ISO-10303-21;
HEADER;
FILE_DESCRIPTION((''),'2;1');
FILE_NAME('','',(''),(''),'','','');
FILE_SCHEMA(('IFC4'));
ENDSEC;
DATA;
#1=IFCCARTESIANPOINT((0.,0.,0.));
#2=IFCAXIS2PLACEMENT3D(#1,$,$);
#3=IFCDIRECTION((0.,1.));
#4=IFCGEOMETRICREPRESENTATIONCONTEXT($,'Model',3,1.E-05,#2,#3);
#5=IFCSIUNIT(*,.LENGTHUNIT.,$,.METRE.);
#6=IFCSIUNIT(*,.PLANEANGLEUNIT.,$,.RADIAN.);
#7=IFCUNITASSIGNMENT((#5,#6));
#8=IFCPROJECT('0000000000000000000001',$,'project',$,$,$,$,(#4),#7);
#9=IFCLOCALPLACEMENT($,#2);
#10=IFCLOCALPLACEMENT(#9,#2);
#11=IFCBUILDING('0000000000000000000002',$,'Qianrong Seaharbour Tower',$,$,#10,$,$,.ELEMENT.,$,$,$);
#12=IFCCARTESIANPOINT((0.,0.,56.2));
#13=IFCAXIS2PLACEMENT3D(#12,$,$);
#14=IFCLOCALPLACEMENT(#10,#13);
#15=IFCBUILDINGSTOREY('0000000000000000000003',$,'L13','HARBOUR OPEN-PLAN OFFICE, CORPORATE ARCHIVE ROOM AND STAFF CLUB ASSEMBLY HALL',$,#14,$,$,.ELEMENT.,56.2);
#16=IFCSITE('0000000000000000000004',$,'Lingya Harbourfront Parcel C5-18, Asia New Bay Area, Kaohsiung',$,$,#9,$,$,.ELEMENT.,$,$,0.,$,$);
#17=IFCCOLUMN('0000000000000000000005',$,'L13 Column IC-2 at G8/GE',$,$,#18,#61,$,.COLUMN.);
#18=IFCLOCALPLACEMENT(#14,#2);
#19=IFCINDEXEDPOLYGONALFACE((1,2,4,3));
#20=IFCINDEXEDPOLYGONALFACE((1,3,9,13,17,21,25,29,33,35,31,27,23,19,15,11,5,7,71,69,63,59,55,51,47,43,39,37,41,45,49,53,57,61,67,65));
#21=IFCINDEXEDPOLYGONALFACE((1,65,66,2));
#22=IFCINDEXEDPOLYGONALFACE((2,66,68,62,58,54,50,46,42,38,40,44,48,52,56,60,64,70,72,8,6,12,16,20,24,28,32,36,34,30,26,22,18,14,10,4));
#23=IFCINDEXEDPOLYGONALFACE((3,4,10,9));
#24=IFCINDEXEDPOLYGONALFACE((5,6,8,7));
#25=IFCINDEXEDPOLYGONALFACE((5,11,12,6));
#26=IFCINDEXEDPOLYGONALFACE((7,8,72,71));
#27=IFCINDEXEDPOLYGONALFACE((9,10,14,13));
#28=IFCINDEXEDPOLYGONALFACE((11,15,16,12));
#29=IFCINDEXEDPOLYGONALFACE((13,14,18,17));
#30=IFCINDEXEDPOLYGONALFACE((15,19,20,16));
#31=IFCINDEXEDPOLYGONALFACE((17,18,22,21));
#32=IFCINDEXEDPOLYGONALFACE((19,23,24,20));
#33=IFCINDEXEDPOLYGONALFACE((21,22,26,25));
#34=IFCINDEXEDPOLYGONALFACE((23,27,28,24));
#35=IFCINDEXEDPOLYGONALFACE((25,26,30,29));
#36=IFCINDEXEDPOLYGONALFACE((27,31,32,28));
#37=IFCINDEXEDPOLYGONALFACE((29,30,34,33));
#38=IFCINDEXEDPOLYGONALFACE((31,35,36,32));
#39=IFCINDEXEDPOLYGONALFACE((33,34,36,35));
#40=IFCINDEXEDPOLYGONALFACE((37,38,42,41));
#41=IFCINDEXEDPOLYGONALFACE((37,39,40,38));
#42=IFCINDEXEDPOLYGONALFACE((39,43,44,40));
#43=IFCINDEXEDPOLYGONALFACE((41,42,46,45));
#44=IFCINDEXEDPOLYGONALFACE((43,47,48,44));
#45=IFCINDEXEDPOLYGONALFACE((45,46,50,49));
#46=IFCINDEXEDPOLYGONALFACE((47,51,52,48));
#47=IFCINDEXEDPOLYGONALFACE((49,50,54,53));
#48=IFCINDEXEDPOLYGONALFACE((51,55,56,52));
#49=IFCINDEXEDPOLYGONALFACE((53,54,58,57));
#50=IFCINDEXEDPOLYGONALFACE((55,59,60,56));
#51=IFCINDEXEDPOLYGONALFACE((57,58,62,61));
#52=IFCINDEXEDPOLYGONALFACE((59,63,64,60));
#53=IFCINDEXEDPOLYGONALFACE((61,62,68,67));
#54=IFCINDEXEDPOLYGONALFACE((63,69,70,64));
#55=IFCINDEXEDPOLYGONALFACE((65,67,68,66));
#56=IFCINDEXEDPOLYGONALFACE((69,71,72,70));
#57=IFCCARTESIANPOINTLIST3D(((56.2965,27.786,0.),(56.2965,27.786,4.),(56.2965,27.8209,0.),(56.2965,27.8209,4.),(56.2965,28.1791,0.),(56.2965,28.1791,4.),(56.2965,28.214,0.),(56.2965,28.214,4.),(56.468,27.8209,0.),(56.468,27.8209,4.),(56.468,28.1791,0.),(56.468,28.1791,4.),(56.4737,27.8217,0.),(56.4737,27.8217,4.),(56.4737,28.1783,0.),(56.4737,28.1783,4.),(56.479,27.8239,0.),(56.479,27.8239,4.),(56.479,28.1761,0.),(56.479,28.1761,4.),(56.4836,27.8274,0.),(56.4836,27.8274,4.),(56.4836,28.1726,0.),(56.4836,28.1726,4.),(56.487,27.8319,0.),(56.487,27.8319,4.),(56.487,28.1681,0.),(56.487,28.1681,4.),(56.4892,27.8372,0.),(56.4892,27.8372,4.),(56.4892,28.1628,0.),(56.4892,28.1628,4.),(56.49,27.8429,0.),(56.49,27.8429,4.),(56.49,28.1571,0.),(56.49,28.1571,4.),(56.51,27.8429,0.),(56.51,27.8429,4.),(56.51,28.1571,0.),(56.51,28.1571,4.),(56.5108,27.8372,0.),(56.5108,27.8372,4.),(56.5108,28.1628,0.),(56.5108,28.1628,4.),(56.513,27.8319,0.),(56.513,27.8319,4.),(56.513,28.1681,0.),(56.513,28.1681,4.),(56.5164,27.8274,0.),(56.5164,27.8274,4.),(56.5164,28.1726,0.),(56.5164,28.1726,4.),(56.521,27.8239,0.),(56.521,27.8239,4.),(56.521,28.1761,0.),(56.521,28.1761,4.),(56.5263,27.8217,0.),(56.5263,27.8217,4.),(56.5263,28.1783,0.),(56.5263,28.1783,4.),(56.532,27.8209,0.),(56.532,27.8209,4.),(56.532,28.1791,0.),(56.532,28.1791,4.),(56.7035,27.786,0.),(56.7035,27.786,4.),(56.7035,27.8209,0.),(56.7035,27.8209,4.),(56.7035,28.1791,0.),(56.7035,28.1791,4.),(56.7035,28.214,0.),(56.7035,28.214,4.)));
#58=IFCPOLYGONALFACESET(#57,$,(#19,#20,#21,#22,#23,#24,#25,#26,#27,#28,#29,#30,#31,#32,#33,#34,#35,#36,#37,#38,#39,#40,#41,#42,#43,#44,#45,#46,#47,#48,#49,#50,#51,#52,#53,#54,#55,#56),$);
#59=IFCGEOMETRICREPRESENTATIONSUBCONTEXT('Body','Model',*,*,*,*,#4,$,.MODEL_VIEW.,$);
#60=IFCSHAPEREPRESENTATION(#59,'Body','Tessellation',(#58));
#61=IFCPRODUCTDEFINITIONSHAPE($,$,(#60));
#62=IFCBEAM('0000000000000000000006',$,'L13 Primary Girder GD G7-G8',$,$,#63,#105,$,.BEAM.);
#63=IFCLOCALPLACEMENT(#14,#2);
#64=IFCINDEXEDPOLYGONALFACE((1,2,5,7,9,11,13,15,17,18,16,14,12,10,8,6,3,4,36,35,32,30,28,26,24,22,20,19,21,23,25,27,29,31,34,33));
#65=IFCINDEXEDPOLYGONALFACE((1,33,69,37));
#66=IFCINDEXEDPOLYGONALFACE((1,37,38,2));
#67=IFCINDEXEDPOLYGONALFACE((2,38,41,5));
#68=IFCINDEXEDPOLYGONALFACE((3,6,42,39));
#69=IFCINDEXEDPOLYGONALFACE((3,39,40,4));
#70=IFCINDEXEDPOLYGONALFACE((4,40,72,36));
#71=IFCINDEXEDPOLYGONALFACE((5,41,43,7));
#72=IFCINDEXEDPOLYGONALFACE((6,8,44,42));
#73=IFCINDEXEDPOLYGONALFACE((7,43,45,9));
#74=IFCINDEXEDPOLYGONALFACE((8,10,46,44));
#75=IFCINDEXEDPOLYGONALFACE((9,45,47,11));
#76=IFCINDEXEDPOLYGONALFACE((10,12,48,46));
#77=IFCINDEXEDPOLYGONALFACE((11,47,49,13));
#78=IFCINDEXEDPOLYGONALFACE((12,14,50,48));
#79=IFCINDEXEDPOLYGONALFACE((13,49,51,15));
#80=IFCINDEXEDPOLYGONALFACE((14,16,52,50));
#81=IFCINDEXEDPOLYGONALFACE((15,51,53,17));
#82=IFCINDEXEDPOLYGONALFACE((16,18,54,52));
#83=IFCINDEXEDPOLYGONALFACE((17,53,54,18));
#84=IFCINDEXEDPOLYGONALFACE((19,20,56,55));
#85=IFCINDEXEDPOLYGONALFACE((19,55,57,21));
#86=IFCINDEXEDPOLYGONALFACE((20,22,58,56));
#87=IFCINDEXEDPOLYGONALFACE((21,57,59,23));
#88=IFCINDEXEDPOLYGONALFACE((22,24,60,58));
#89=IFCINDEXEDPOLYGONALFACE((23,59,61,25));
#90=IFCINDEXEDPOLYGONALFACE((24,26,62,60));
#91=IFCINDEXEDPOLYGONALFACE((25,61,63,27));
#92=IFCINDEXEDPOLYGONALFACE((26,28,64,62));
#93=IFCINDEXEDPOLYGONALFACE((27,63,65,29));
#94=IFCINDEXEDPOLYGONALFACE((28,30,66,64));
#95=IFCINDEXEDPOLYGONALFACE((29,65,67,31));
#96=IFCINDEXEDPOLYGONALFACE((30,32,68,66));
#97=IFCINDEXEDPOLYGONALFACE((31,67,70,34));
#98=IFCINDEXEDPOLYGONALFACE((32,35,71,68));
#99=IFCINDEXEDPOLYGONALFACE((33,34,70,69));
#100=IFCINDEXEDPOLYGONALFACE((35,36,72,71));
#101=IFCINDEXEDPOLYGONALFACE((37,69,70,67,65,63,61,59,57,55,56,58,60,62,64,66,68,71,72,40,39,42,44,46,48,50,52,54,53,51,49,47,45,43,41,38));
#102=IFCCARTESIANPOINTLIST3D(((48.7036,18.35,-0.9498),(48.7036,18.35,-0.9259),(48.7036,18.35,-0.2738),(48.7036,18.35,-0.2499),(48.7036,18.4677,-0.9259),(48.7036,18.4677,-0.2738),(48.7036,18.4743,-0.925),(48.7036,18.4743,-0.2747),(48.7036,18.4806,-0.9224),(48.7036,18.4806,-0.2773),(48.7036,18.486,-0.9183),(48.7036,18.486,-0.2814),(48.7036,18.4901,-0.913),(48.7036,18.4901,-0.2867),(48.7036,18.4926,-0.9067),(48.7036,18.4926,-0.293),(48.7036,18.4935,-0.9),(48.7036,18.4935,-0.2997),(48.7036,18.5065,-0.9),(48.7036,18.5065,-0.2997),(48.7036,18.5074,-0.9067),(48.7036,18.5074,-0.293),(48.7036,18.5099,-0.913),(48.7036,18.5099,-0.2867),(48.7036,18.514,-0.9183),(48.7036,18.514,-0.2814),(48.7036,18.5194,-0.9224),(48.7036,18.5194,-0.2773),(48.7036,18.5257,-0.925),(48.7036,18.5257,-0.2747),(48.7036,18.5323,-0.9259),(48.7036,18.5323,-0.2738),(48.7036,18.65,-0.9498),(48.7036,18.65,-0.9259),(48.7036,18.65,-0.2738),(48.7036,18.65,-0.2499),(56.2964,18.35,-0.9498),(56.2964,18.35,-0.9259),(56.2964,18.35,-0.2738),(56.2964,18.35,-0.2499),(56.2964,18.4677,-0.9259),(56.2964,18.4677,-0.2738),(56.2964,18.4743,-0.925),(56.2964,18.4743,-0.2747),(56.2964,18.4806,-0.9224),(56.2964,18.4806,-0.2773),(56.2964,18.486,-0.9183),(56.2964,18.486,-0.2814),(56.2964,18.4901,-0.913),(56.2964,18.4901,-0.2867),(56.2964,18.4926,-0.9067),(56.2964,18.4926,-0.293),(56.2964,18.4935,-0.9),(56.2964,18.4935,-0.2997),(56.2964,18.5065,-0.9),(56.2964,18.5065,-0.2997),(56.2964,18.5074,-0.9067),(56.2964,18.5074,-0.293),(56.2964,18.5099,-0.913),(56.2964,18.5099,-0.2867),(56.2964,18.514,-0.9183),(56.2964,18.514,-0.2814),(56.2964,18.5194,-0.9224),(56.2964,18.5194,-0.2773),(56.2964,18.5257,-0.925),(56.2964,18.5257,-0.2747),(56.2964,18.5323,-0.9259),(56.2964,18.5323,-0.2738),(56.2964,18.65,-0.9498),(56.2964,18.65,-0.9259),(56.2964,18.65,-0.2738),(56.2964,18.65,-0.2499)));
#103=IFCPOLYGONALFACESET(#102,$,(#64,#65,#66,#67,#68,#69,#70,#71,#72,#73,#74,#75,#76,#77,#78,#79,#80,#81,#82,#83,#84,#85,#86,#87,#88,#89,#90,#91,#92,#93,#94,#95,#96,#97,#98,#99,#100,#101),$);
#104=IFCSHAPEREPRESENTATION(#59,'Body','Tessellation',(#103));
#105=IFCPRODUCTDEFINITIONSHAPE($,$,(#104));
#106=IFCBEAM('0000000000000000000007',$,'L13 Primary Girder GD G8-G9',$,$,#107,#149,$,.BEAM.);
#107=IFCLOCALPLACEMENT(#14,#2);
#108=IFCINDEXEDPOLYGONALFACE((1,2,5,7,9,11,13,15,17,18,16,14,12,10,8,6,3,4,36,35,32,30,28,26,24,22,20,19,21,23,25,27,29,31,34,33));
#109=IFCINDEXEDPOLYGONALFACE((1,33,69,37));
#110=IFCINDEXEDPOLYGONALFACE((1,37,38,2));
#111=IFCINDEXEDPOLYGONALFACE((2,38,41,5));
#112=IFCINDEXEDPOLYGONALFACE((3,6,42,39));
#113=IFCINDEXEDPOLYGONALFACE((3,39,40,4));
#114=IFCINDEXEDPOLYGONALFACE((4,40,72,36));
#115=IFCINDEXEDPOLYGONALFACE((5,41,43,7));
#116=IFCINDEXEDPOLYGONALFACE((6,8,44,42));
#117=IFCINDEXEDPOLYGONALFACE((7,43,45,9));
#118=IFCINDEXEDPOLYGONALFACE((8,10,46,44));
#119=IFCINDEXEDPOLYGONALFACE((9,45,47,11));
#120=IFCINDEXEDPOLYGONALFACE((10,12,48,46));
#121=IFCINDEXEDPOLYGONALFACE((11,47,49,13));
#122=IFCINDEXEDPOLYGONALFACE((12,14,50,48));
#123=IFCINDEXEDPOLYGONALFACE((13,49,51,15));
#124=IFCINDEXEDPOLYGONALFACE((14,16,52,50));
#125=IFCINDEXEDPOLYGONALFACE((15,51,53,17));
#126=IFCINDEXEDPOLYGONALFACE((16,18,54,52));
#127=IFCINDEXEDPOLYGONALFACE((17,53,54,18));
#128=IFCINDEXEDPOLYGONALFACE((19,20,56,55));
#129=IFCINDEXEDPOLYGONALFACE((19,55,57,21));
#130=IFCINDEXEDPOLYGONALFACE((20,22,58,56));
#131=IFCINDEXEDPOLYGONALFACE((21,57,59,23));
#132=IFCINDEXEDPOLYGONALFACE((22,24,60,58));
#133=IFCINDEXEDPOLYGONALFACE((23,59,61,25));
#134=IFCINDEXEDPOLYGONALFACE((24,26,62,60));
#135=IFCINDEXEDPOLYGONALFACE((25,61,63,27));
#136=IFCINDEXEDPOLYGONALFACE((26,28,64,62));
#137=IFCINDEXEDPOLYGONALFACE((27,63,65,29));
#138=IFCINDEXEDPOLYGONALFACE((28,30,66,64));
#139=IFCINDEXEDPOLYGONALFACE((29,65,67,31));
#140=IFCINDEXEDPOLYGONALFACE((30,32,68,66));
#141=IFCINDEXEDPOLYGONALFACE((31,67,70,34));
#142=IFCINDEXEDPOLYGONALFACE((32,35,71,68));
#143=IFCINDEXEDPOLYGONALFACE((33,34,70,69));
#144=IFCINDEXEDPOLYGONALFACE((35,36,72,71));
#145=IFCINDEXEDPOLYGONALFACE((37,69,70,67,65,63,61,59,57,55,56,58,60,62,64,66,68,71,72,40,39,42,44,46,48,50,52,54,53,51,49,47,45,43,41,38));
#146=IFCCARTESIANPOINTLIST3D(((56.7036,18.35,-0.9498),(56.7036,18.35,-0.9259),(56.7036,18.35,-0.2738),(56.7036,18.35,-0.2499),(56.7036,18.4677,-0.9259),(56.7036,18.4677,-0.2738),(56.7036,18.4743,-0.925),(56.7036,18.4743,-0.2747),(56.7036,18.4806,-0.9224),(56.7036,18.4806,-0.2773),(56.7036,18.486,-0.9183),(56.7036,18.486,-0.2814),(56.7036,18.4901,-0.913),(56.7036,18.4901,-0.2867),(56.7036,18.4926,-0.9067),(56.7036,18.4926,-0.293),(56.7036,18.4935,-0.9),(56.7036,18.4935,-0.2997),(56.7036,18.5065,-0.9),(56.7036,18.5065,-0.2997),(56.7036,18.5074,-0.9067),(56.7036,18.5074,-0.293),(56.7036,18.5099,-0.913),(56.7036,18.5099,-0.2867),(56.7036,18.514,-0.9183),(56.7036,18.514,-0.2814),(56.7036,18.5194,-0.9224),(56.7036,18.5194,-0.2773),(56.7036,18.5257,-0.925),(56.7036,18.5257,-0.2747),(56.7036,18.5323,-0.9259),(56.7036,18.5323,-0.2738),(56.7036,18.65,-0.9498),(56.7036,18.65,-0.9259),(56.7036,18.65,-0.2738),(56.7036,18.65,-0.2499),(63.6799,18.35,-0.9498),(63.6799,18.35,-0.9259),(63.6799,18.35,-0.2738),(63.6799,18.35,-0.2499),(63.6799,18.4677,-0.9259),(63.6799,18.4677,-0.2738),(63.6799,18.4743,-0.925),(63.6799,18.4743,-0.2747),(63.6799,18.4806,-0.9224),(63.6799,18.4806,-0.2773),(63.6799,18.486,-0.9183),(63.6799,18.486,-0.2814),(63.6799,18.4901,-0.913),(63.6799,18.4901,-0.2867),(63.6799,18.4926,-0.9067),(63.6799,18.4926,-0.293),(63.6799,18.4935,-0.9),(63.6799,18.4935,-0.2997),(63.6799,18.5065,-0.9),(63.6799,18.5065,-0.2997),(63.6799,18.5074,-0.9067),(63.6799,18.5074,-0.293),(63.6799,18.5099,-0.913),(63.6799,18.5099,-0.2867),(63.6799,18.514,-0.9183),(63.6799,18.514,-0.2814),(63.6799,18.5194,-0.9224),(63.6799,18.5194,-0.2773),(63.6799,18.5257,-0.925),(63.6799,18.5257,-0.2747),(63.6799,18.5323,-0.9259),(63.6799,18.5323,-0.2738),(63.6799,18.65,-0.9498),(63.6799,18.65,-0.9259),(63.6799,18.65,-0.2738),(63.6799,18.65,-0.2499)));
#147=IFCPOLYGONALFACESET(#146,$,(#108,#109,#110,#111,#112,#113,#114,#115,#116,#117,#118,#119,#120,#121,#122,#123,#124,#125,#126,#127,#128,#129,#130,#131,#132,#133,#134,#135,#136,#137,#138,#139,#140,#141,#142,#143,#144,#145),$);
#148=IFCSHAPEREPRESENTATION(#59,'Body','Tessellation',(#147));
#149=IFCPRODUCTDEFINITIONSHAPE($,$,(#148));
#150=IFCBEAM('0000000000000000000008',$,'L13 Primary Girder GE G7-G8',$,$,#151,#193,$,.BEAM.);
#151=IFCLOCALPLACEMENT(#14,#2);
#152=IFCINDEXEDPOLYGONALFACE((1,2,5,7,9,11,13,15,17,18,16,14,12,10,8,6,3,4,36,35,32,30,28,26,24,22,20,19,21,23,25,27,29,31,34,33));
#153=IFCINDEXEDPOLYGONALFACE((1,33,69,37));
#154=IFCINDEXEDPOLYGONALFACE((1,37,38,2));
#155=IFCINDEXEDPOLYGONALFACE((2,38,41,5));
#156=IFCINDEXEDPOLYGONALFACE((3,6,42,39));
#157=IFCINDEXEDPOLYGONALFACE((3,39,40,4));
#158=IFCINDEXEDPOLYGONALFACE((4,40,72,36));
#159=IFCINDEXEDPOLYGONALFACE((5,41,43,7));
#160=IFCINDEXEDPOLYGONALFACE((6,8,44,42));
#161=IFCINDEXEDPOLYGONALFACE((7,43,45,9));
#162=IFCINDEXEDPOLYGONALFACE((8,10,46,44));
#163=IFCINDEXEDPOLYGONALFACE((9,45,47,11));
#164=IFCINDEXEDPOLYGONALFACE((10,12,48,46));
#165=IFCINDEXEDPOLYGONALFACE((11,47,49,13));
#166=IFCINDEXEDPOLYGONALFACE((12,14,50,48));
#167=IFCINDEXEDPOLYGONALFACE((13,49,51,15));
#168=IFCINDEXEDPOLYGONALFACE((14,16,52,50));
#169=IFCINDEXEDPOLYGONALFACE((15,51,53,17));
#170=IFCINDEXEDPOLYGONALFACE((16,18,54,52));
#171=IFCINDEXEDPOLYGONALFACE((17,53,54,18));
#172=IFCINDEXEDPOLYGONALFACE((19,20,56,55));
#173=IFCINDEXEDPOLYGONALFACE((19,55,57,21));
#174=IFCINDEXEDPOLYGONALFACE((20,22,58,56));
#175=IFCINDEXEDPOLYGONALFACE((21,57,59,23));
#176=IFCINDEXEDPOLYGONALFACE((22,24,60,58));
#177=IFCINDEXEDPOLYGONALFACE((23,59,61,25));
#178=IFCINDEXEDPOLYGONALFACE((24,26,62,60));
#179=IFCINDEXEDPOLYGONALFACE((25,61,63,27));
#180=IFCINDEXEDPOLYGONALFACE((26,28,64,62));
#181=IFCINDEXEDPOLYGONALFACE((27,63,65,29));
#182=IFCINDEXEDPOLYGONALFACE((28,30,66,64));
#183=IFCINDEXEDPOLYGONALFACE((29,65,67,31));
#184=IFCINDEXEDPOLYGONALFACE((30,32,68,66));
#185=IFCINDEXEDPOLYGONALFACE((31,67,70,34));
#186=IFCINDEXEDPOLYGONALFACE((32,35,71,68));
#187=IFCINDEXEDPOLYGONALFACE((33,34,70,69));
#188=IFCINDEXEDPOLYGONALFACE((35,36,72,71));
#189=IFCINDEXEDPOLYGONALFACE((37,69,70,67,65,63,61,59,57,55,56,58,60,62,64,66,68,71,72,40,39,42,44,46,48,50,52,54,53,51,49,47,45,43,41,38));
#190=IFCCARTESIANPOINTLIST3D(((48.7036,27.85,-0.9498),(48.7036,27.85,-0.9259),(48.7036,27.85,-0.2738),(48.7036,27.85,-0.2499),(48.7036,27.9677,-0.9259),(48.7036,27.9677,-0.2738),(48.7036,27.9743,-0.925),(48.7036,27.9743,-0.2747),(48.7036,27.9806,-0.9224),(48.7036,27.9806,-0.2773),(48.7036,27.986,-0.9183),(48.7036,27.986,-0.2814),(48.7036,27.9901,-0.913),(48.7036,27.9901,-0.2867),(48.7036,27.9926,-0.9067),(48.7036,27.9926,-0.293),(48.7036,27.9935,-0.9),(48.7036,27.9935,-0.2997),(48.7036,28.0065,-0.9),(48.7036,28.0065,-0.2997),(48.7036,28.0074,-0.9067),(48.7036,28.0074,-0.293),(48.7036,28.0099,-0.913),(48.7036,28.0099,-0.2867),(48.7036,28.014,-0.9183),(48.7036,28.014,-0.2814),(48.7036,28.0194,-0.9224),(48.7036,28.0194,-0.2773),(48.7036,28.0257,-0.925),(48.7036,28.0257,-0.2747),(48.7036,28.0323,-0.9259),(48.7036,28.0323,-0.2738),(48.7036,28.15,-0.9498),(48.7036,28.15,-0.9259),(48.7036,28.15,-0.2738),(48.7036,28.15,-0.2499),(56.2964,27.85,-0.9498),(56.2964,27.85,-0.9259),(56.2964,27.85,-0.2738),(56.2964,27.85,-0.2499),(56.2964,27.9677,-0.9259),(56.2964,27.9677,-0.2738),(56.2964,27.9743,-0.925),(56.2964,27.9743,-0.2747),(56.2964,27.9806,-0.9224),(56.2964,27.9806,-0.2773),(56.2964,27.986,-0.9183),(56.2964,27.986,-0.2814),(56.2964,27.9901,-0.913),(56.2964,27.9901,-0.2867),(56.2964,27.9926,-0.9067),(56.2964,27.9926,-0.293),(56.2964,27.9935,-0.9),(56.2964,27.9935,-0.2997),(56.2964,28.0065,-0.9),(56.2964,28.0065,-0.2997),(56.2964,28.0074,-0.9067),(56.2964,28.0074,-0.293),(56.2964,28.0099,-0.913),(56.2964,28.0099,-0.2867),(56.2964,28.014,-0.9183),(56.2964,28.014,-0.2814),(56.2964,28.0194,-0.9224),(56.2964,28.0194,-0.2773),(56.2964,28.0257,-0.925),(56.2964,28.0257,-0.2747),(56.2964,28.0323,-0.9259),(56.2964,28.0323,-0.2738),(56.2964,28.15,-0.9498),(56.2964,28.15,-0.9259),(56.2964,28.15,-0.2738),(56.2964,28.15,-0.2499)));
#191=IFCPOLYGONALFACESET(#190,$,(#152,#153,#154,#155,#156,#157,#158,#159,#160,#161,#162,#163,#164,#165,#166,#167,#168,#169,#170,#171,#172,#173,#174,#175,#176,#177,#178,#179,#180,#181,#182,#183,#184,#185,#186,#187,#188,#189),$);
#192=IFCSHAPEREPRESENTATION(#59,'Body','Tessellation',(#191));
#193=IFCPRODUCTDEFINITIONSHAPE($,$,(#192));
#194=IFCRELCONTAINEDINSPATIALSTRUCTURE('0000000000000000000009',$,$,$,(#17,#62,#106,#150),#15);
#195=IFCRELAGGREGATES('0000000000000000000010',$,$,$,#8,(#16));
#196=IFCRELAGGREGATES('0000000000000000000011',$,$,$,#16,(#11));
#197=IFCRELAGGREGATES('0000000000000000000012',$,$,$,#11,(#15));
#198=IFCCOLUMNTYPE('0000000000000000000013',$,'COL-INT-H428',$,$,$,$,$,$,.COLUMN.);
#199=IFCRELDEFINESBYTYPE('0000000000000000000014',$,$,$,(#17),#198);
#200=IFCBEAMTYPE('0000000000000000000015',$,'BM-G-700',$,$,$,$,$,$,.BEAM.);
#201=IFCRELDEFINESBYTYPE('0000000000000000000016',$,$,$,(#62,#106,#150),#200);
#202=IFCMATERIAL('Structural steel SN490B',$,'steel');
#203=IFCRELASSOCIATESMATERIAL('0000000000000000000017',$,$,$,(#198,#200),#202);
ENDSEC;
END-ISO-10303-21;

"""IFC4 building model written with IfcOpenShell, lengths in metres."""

from ifc_helpers import new_model, si_unit, direction, frame, origin, origin_2d, place, context, subcontext, project, spatial, i_section, extrude, material, material_profile, profile_set, type_object, element, save


model = new_model("IFC4")

# Units and contexts
model_context = context("Model", 3, precision=1e-05, world=origin(), true_north=direction((0.0, 1.0)))
body_context = subcontext(model_context, "Body", "Model", "MODEL_VIEW")
ifc_project = project(units=[si_unit("LENGTHUNIT", "METRE"), si_unit("PLANEANGLEUNIT", "RADIAN")], contexts=[model_context])

# Site, building, storey
site_placement = place(None, origin())
site = spatial("IfcSite", under=ifc_project, at=site_placement, Name="Lingya Harbourfront Parcel C5-18, Asia New Bay Area, Kaohsiung", CompositionType="ELEMENT", RefElevation=0.0)
building_placement = place(site_placement, origin())
building = spatial("IfcBuilding", under=site, at=building_placement, Name="Qianrong Seaharbour Tower", CompositionType="ELEMENT")
storey_placement = place(building_placement, frame((0.0, 0.0, 56.2)))
storey = spatial("IfcBuildingStorey", under=building, at=storey_placement, Name="L13", Description="HARBOUR OPEN-PLAN OFFICE, CORPORATE ARCHIVE ROOM AND STAFF CLUB ASSEMBLY HALL", CompositionType="ELEMENT", Elevation=56.2)

# Column
ifc_material_1 = material(Name="Structural steel SN490B", Category="steel")
ifc_material_profile_1 = material_profile(ifc_material_1, i_section(OverallWidth=0.407, OverallDepth=0.428, WebThickness=0.02, FlangeThickness=0.0349, FilletRadius=0.022, at=origin_2d()), Name="H428x407x20x35")
ifc_profile_set_1 = profile_set([ifc_material_profile_1], Name="Structural steel SN490B")
column_type_1 = type_object("IfcColumnType", Name="COL-INT-H428", PredefinedType="COLUMN", material=ifc_profile_set_1)
for number, where, z_axis, x_axis, name in (
    (1, (56.5, 28.0, 0.0), (0.0, 0.0, 1.0), (1.0, 0.0, 0.0), "L13 Column IC-2 at G8/GE"),
):
    element("IfcColumn", number, at=place(storey_placement, frame(where, z_axis=z_axis, x_axis=x_axis)), inside=storey, type_object=column_type_1, Name=name, PredefinedType="COLUMN", context=body_context, shape_type="SweptSolid", body=[
        extrude(i_section(OverallWidth=0.407, OverallDepth=0.428, WebThickness=0.02, FlangeThickness=0.0349, FilletRadius=0.022, at=origin_2d()), origin(), (0.0, 0.0, 1.0), 4.0),
    ])

# Beams
ifc_material_profile_2 = material_profile(ifc_material_1, i_section(OverallWidth=0.3, OverallDepth=0.7, WebThickness=0.0129, FlangeThickness=0.0239, FilletRadius=0.0259, at=origin_2d()), Name="H700x300x13x24")
ifc_profile_set_2 = profile_set([ifc_material_profile_2], Name="Structural steel SN490B")
beam_type_1 = type_object("IfcBeamType", Name="BM-G-700", PredefinedType="BEAM", material=ifc_profile_set_2)
beam_1_placement = place(storey_placement, frame((48.7036, 18.5, -0.5999), z_axis=(1.0, 0.0, 0.0), x_axis=(0.0, 1.0, 0.0)))
element("IfcBeam", 2, at=beam_1_placement, inside=storey, type_object=beam_type_1, Name="L13 Primary Girder GD G7-G8", PredefinedType="BEAM", context=body_context, shape_type="SweptSolid", body=[
    extrude(i_section(OverallWidth=0.3, OverallDepth=0.7, WebThickness=0.0129, FlangeThickness=0.0239, FilletRadius=0.0259, at=origin_2d()), origin(), (0.0, 0.0, 1.0), 7.5928),
])
beam_2_placement = place(storey_placement, frame((56.7036, 18.5, -0.5999), z_axis=(1.0, 0.0, 0.0), x_axis=(0.0, 1.0, 0.0)))
element("IfcBeam", 3, at=beam_2_placement, inside=storey, type_object=beam_type_1, Name="L13 Primary Girder GD G8-G9", PredefinedType="BEAM", context=body_context, shape_type="SweptSolid", body=[
    extrude(i_section(OverallWidth=0.3, OverallDepth=0.7, WebThickness=0.0129, FlangeThickness=0.0239, FilletRadius=0.0259, at=origin_2d()), origin(), (0.0, 0.0, 1.0), 6.9763),
])
beam_3_placement = place(storey_placement, frame((48.7036, 28.0, -0.5999), z_axis=(1.0, 0.0, 0.0), x_axis=(0.0, 1.0, 0.0)))
element("IfcBeam", 4, at=beam_3_placement, inside=storey, type_object=beam_type_1, Name="L13 Primary Girder GE G7-G8", PredefinedType="BEAM", context=body_context, shape_type="SweptSolid", body=[
    extrude(i_section(OverallWidth=0.3, OverallDepth=0.7, WebThickness=0.0129, FlangeThickness=0.0239, FilletRadius=0.0259, at=origin_2d()), origin(), (0.0, 0.0, 1.0), 7.5928),
])

save(model, "model.ifc")
